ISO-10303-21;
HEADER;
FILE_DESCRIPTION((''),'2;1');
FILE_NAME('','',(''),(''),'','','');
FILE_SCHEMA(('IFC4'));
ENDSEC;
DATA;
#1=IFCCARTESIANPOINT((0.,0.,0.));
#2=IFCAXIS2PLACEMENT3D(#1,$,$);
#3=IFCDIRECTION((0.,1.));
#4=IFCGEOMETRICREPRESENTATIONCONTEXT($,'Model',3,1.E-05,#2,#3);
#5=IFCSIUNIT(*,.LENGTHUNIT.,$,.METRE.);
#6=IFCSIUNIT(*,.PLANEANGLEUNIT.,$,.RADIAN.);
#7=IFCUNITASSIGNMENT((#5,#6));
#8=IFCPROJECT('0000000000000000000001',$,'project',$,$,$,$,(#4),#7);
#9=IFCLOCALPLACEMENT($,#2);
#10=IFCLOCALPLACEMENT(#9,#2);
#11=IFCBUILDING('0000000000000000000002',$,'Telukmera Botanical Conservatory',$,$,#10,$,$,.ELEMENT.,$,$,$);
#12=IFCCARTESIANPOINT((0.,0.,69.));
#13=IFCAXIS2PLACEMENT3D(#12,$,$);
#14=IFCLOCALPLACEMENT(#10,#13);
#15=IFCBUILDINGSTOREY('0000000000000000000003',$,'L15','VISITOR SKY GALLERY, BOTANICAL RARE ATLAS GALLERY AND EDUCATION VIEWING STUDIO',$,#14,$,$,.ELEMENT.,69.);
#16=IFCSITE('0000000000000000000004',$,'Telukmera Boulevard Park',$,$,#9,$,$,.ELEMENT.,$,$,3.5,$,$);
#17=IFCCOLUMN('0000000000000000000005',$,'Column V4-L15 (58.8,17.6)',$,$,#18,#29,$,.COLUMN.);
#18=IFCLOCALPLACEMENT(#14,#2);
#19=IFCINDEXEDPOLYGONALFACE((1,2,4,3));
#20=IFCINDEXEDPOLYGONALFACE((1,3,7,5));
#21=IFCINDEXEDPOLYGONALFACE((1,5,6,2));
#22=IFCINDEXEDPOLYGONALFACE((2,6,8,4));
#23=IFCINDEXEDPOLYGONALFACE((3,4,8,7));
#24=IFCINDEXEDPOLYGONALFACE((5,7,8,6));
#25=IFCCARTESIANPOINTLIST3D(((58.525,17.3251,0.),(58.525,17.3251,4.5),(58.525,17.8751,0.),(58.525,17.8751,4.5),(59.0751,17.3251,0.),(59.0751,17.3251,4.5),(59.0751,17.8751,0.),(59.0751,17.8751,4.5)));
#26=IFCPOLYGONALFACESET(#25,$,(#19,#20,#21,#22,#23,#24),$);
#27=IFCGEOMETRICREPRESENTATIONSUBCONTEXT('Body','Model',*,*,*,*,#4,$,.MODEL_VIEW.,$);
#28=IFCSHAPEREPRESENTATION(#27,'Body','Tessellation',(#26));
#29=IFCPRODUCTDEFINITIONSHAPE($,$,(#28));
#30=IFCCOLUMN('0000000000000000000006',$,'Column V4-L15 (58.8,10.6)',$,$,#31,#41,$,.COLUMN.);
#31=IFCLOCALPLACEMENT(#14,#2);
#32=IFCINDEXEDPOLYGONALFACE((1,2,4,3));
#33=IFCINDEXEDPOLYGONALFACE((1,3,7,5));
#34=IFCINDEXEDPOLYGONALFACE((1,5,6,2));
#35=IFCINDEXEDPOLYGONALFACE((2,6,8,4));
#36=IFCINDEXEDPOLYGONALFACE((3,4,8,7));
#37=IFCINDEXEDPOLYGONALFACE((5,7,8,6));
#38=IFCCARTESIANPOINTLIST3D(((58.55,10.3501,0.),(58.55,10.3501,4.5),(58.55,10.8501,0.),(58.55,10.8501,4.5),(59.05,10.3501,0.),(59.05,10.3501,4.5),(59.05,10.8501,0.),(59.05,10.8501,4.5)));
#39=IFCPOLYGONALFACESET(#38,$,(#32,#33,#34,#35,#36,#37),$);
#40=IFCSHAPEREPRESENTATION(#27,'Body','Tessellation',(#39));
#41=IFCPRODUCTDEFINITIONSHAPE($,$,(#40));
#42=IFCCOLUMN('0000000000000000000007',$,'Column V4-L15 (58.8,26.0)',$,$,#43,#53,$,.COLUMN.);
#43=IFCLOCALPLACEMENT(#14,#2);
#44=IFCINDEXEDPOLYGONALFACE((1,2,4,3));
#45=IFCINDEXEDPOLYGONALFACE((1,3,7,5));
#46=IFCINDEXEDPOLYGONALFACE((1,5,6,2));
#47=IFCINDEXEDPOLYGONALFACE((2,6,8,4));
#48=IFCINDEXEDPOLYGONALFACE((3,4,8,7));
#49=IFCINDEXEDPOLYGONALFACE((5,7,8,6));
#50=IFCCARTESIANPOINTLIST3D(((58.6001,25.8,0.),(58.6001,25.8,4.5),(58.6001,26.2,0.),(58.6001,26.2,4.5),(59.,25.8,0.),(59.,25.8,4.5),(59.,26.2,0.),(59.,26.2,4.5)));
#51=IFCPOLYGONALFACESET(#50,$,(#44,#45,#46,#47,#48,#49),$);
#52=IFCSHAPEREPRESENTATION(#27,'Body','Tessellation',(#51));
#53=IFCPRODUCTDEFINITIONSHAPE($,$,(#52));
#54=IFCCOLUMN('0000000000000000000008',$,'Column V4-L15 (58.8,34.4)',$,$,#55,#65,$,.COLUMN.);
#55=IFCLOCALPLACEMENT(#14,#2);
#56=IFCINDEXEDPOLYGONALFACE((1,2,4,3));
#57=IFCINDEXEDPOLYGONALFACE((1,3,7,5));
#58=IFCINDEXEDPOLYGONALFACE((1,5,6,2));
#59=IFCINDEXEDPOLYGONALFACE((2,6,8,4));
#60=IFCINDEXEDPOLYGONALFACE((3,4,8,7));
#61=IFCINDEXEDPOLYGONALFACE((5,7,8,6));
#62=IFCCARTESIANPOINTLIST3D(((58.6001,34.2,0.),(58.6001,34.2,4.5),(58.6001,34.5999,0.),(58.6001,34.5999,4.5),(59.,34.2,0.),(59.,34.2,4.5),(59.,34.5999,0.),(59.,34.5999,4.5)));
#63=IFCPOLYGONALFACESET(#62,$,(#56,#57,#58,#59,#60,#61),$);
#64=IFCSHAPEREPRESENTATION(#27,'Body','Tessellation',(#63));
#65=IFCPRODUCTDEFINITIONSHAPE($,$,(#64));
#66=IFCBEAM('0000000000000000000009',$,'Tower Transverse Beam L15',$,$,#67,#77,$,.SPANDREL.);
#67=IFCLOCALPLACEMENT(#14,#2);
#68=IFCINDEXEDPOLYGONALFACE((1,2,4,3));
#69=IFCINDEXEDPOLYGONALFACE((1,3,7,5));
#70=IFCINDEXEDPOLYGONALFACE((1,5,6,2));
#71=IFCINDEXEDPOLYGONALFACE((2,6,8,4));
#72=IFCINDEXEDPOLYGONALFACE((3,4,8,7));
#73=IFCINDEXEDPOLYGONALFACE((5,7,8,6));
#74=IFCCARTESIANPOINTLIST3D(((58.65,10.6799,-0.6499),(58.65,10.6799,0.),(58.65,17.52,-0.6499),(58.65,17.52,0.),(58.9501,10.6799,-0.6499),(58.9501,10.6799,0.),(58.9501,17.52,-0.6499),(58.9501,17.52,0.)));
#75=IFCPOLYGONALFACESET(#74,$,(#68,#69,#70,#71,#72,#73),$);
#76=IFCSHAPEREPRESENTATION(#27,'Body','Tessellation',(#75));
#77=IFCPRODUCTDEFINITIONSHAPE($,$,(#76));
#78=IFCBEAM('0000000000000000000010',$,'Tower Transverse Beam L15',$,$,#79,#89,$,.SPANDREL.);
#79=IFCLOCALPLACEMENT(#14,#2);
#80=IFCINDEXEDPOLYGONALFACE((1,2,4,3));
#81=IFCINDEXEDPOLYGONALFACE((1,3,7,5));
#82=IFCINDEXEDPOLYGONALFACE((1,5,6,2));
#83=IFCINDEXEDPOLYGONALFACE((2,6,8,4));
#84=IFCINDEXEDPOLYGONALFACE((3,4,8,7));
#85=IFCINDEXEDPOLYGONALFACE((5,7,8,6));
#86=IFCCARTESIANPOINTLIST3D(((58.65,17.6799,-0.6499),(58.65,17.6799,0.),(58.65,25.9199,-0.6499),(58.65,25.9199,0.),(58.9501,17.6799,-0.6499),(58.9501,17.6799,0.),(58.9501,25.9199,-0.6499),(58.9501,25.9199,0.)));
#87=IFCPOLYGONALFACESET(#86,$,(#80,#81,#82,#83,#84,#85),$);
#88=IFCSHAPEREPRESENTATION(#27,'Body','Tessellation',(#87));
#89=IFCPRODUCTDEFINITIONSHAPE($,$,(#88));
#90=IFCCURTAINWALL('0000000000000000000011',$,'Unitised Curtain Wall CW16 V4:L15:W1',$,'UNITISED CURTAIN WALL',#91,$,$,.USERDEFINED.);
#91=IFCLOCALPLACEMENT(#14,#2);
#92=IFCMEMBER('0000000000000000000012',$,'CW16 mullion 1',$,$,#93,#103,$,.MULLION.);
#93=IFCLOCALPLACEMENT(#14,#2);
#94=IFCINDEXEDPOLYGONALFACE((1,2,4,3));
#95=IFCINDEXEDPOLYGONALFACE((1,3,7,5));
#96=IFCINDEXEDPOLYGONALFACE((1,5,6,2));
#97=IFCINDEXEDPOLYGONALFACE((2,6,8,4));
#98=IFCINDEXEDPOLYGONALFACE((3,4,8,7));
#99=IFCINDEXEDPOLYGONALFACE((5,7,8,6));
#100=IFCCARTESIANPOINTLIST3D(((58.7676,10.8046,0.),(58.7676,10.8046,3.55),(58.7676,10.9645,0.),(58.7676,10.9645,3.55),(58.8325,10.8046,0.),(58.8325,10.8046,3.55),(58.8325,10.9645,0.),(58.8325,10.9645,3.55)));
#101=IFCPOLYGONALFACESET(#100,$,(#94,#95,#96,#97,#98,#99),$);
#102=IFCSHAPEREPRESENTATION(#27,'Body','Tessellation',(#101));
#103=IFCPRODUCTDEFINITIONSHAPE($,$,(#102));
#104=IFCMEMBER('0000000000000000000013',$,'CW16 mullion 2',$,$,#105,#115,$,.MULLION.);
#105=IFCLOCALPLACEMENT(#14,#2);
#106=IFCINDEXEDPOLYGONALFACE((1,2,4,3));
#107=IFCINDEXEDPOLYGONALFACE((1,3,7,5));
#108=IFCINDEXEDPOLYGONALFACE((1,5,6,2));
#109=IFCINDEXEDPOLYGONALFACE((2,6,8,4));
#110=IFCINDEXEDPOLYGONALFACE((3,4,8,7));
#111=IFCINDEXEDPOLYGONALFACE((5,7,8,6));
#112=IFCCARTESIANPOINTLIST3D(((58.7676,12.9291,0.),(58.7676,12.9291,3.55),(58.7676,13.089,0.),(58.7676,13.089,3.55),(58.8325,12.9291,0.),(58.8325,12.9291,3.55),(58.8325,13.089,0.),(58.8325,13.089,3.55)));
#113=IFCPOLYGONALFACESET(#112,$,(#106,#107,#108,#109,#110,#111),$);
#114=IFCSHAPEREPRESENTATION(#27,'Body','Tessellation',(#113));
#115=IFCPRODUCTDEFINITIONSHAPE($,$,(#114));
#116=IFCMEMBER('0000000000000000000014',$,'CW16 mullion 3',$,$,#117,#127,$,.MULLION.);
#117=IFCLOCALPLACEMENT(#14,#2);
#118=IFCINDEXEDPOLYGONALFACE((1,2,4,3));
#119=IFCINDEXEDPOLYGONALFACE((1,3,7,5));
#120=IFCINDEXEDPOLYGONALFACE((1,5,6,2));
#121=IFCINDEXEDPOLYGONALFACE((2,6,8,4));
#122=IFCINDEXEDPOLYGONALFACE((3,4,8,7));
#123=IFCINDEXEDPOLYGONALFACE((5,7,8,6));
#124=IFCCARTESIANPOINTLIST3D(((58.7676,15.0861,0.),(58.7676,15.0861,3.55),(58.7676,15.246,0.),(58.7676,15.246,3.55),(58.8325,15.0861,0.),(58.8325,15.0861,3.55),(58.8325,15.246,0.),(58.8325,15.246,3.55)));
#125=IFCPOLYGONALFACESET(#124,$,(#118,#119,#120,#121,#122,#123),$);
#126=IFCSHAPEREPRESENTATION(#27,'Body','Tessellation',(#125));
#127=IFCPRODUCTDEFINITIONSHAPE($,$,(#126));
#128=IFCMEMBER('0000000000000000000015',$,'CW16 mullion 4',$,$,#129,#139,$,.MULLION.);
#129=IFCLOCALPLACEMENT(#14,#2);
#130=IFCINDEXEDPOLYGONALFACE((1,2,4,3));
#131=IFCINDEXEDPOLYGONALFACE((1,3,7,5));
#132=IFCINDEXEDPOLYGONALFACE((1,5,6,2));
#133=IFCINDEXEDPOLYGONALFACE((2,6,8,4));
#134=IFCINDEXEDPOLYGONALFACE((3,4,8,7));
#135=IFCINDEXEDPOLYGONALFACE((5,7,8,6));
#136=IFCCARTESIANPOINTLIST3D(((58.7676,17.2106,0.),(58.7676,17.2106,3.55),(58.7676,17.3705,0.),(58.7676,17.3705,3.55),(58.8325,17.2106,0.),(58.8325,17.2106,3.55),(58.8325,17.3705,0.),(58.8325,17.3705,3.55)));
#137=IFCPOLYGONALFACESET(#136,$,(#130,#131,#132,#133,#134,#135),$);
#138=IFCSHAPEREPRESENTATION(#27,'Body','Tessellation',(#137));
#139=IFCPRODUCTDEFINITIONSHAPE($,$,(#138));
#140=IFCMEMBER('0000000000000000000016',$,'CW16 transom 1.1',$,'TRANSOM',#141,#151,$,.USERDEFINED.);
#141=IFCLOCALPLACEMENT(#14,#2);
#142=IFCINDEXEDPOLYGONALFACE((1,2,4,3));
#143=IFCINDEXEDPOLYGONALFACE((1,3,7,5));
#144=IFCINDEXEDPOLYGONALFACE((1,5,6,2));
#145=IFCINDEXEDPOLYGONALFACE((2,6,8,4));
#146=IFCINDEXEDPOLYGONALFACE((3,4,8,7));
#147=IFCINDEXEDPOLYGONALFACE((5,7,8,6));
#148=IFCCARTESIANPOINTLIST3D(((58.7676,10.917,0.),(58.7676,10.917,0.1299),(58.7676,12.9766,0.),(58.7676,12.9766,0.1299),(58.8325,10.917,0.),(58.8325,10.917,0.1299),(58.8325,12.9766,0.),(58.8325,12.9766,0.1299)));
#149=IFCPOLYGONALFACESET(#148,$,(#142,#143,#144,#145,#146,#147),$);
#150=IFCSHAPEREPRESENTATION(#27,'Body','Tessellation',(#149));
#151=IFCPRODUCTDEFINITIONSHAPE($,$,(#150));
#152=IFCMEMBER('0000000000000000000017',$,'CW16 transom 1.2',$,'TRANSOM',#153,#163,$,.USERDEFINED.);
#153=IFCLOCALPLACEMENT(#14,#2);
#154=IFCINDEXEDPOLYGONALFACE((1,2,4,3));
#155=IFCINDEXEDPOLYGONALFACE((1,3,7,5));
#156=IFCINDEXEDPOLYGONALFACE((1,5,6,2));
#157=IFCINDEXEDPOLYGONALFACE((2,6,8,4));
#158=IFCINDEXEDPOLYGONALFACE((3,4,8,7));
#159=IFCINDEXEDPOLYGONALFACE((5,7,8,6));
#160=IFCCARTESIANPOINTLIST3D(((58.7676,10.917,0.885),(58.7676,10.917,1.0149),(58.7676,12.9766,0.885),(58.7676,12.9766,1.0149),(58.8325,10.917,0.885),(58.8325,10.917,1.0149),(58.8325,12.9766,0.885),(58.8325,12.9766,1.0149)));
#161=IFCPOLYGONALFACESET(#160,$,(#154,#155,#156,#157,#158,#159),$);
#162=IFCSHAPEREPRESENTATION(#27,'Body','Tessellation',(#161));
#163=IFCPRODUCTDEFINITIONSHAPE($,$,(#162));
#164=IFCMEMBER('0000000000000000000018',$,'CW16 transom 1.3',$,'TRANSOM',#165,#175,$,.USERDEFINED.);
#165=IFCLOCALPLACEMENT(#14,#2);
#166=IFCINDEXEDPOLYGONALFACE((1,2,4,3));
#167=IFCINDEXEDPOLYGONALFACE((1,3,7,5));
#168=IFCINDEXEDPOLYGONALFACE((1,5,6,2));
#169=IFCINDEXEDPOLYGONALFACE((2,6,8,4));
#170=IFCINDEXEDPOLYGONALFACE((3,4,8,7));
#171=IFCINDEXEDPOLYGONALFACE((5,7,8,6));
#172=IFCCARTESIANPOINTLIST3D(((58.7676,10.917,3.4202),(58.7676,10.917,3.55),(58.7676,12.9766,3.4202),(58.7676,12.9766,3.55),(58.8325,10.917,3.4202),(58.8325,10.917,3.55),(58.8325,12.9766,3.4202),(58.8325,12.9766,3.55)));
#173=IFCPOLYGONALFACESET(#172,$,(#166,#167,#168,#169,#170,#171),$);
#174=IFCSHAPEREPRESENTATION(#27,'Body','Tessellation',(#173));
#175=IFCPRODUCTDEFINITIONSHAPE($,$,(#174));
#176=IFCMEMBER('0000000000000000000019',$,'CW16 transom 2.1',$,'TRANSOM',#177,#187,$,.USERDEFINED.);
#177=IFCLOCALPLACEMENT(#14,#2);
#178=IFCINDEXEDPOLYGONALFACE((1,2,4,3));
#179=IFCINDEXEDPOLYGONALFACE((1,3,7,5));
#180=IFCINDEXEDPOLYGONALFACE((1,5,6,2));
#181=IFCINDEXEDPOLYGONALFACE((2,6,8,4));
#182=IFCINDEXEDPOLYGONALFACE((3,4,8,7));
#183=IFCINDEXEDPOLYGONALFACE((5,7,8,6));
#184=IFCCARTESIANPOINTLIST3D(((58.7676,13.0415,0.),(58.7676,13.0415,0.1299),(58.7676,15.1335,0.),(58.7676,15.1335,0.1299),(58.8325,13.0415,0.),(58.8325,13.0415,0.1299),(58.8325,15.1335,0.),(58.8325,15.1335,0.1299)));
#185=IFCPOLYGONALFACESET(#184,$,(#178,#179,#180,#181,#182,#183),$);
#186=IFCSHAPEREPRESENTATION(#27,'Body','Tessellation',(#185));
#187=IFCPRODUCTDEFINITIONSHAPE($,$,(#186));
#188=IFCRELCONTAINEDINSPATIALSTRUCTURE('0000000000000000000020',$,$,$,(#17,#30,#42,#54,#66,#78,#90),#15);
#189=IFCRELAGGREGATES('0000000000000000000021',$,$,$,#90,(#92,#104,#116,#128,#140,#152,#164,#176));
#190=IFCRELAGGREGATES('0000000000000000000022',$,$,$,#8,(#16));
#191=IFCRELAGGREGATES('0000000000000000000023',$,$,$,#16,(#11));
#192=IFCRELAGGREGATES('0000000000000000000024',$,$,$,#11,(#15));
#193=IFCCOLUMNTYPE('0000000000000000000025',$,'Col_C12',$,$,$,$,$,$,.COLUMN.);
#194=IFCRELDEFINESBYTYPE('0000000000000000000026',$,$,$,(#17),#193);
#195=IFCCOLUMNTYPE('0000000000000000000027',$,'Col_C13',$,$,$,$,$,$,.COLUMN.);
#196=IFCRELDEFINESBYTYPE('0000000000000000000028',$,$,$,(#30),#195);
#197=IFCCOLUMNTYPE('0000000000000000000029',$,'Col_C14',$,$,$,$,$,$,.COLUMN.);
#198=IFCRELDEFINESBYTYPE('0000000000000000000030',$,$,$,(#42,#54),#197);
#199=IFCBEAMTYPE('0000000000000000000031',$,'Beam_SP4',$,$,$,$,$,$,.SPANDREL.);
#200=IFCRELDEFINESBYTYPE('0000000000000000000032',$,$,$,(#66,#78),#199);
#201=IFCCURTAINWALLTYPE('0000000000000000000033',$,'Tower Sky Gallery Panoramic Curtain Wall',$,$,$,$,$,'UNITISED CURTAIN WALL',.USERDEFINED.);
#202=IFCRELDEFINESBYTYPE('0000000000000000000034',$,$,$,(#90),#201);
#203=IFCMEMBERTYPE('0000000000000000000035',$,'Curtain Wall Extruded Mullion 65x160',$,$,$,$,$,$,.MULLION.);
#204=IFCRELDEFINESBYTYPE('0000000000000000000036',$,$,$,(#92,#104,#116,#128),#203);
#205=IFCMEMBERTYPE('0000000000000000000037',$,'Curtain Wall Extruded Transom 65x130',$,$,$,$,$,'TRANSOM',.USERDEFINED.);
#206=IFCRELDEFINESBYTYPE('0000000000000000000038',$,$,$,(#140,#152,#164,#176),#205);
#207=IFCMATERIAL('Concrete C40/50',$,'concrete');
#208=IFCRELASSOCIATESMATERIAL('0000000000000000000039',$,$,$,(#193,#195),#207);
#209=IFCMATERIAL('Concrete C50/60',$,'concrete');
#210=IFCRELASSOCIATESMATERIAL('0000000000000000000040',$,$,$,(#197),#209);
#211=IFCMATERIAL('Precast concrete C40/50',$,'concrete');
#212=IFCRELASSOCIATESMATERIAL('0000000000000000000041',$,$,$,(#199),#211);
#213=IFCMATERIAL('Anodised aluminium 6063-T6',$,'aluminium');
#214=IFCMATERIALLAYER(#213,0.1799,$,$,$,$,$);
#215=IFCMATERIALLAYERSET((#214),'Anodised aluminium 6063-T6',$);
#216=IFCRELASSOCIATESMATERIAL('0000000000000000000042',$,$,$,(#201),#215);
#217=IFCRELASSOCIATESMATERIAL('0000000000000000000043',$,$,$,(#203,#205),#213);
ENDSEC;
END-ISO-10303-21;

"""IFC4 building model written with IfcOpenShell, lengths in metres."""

from ifc_helpers import new_model, si_unit, direction, frame, origin, origin_2d, place, context, subcontext, project, spatial, rectangle, extrude, material, layer, layer_set, material_profile, profile_set, type_object, element, aggregate, save


model = new_model("IFC4")

# Units and contexts
model_context = context("Model", 3, precision=1e-05, world=origin(), true_north=direction((0.0, 1.0)))
body_context = subcontext(model_context, "Body", "Model", "MODEL_VIEW")
ifc_project = project(units=[si_unit("LENGTHUNIT", "METRE"), si_unit("PLANEANGLEUNIT", "RADIAN")], contexts=[model_context])

# Site, building, storey
site_placement = place(None, origin())
site = spatial("IfcSite", under=ifc_project, at=site_placement, Name="Telukmera Boulevard Park", CompositionType="ELEMENT", RefElevation=3.5)
building_placement = place(site_placement, origin())
building = spatial("IfcBuilding", under=site, at=building_placement, Name="Telukmera Botanical Conservatory", CompositionType="ELEMENT")
storey_placement = place(building_placement, frame((0.0, 0.0, 69.0)))
storey = spatial("IfcBuildingStorey", under=building, at=storey_placement, Name="L15", Description="VISITOR SKY GALLERY, BOTANICAL RARE ATLAS GALLERY AND EDUCATION VIEWING STUDIO", CompositionType="ELEMENT", Elevation=69.0)

# Columns
ifc_material_1 = material(Name="Concrete C40/50", Category="concrete")
ifc_material_profile_1 = material_profile(ifc_material_1, rectangle(XDim=0.55, YDim=0.55, at=origin_2d()), Name="RC 550x550")
ifc_profile_set_1 = profile_set([ifc_material_profile_1], Name="Concrete C40/50")
column_type_1 = type_object("IfcColumnType", Name="Col_C12", PredefinedType="COLUMN", material=ifc_profile_set_1)
column_1_placement = place(storey_placement, frame((58.8, 17.6001, 0.0), z_axis=(0.0, 0.0, 1.0), x_axis=(1.0, 0.0, 0.0)))
element("IfcColumn", 1, at=column_1_placement, inside=storey, type_object=column_type_1, Name="Column V4-L15 (58.8,17.6)", PredefinedType="COLUMN", context=body_context, shape_type="SweptSolid", body=[
    extrude(rectangle(XDim=0.55, YDim=0.55, at=origin_2d()), origin(), (0.0, 0.0, 1.0), 4.5),
])
ifc_material_profile_2 = material_profile(ifc_material_1, rectangle(XDim=0.5, YDim=0.5, at=origin_2d()), Name="RC 500x500")
ifc_profile_set_2 = profile_set([ifc_material_profile_2], Name="Concrete C40/50")
column_type_2 = type_object("IfcColumnType", Name="Col_C13", PredefinedType="COLUMN", material=ifc_profile_set_2)
column_2_placement = place(storey_placement, frame((58.8, 10.6001, 0.0), z_axis=(0.0, 0.0, 1.0), x_axis=(1.0, 0.0, 0.0)))
element("IfcColumn", 2, at=column_2_placement, inside=storey, type_object=column_type_2, Name="Column V4-L15 (58.8,10.6)", PredefinedType="COLUMN", context=body_context, shape_type="SweptSolid", body=[
    extrude(rectangle(XDim=0.5, YDim=0.5, at=origin_2d()), origin(), (0.0, 0.0, 1.0), 4.5),
])
ifc_material_2 = material(Name="Concrete C50/60", Category="concrete")
ifc_material_profile_3 = material_profile(ifc_material_2, rectangle(XDim=0.3999, YDim=0.3999, at=origin_2d()), Name="RC 400x400")
ifc_profile_set_3 = profile_set([ifc_material_profile_3], Name="Concrete C50/60")
column_type_3 = type_object("IfcColumnType", Name="Col_C14", PredefinedType="COLUMN", material=ifc_profile_set_3)
for number, where, z_axis, x_axis, name in (
    (3, (58.8, 26.0, 0.0), (0.0, 0.0, 1.0), (1.0, 0.0, 0.0), "Column V4-L15 (58.8,26.0)"),
    (4, (58.8, 34.3999, 0.0), (0.0, 0.0, 1.0), (1.0, 0.0, 0.0), "Column V4-L15 (58.8,34.4)"),
):
    element("IfcColumn", number, at=place(storey_placement, frame(where, z_axis=z_axis, x_axis=x_axis)), inside=storey, type_object=column_type_3, Name=name, PredefinedType="COLUMN", context=body_context, shape_type="SweptSolid", body=[
        extrude(rectangle(XDim=0.3999, YDim=0.3999, at=origin_2d()), origin(), (0.0, 0.0, 1.0), 4.5),
    ])

# Beams
ifc_material_3 = material(Name="Precast concrete C40/50", Category="concrete")
ifc_material_profile_4 = material_profile(ifc_material_3, rectangle(XDim=0.3, YDim=0.6499, at=origin_2d()), Name="PC 300x650")
ifc_profile_set_4 = profile_set([ifc_material_profile_4], Name="Precast concrete C40/50")
beam_type = type_object("IfcBeamType", Name="Beam_SP4", PredefinedType="SPANDREL", material=ifc_profile_set_4)
beam_1_placement = place(storey_placement, frame((58.8, 10.6799, -0.325), z_axis=(0.0, 1.0, 0.0), x_axis=(-1.0, 0.0, 0.0)))
element("IfcBeam", 5, at=beam_1_placement, inside=storey, type_object=beam_type, Name="Tower Transverse Beam L15", PredefinedType="SPANDREL", context=body_context, shape_type="SweptSolid", body=[
    extrude(rectangle(XDim=0.3, YDim=0.6499, at=origin_2d()), origin(), (0.0, 0.0, 1.0), 6.8401),
])
beam_2_placement = place(storey_placement, frame((58.8, 17.6799, -0.325), z_axis=(0.0, 1.0, 0.0), x_axis=(-1.0, 0.0, 0.0)))
element("IfcBeam", 6, at=beam_2_placement, inside=storey, type_object=beam_type, Name="Tower Transverse Beam L15", PredefinedType="SPANDREL", context=body_context, shape_type="SweptSolid", body=[
    extrude(rectangle(XDim=0.3, YDim=0.6499, at=origin_2d()), origin(), (0.0, 0.0, 1.0), 8.24),
])

# Curtain wall, members
ifc_material_4 = material(Name="Anodised aluminium 6063-T6", Category="aluminium")
ifc_layer_1 = layer(ifc_material_4, 0.1799)
ifc_layer_set_1 = layer_set([ifc_layer_1], Name="Anodised aluminium 6063-T6")
curtain_wall_type = type_object("IfcCurtainWallType", Name="Tower Sky Gallery Panoramic Curtain Wall", ElementType="UNITISED CURTAIN WALL", PredefinedType="USERDEFINED", material=ifc_layer_set_1)
curtain_wall_placement = place(storey_placement, origin())
curtain_wall = element("IfcCurtainWall", 7, at=curtain_wall_placement, inside=storey, type_object=curtain_wall_type, Name="Unitised Curtain Wall CW16 V4:L15:W1", ObjectType="UNITISED CURTAIN WALL", PredefinedType="USERDEFINED")
ifc_material_profile_5 = material_profile(ifc_material_4, rectangle(XDim=0.0649, YDim=0.1599, at=origin_2d()), Name="ALU MULL 65x160")
ifc_profile_set_5 = profile_set([ifc_material_profile_5], Name="Anodised aluminium 6063-T6")
member_type_1 = type_object("IfcMemberType", Name="Curtain Wall Extruded Mullion 65x160", PredefinedType="MULLION", material=ifc_profile_set_5)
member_1_placement = place(storey_placement, frame((58.8, 10.8845, 0.0), z_axis=(0.0, 0.0, 1.0), x_axis=(-1.0, 0.0, 0.0)))
member_1 = element("IfcMember", 8, at=member_1_placement, type_object=member_type_1, Name="CW16 mullion 1", PredefinedType="MULLION", context=body_context, shape_type="SweptSolid", body=[
    extrude(rectangle(XDim=0.0649, YDim=0.1599, at=origin_2d()), origin(), (0.0, 0.0, 1.0), 3.55),
])
member_2_placement = place(storey_placement, frame((58.8, 13.009, 0.0), z_axis=(0.0, 0.0, 1.0), x_axis=(-1.0, 0.0, 0.0)))
member_2 = element("IfcMember", 9, at=member_2_placement, type_object=member_type_1, Name="CW16 mullion 2", PredefinedType="MULLION", context=body_context, shape_type="SweptSolid", body=[
    extrude(rectangle(XDim=0.0649, YDim=0.1599, at=origin_2d()), origin(), (0.0, 0.0, 1.0), 3.55),
])
member_3_placement = place(storey_placement, frame((58.8, 15.166, 0.0), z_axis=(0.0, 0.0, 1.0), x_axis=(-1.0, 0.0, 0.0)))
member_3 = element("IfcMember", 10, at=member_3_placement, type_object=member_type_1, Name="CW16 mullion 3", PredefinedType="MULLION", context=body_context, shape_type="SweptSolid", body=[
    extrude(rectangle(XDim=0.0649, YDim=0.1599, at=origin_2d()), origin(), (0.0, 0.0, 1.0), 3.55),
])
member_4_placement = place(storey_placement, frame((58.8, 17.2905, 0.0), z_axis=(0.0, 0.0, 1.0), x_axis=(-1.0, 0.0, 0.0)))
member_4 = element("IfcMember", 11, at=member_4_placement, type_object=member_type_1, Name="CW16 mullion 4", PredefinedType="MULLION", context=body_context, shape_type="SweptSolid", body=[
    extrude(rectangle(XDim=0.0649, YDim=0.1599, at=origin_2d()), origin(), (0.0, 0.0, 1.0), 3.55),
])
ifc_material_profile_6 = material_profile(ifc_material_4, rectangle(XDim=0.0649, YDim=0.1299, at=origin_2d()), Name="ALU TRAN 65x130")
ifc_profile_set_6 = profile_set([ifc_material_profile_6], Name="Anodised aluminium 6063-T6")
member_type_2 = type_object("IfcMemberType", Name="Curtain Wall Extruded Transom 65x130", ElementType="TRANSOM", PredefinedType="USERDEFINED", material=ifc_profile_set_6)
member_5_placement = place(storey_placement, frame((58.8, 10.917, 0.0649), z_axis=(0.0, 1.0, 0.0), x_axis=(-1.0, 0.0, 0.0)))
member_5 = element("IfcMember", 12, at=member_5_placement, type_object=member_type_2, Name="CW16 transom 1.1", ObjectType="TRANSOM", PredefinedType="USERDEFINED", context=body_context, shape_type="SweptSolid", body=[
    extrude(rectangle(XDim=0.0649, YDim=0.1299, at=origin_2d()), origin(), (0.0, 0.0, 1.0), 2.0596),
])
member_6_placement = place(storey_placement, frame((58.8, 10.917, 0.95), z_axis=(0.0, 1.0, 0.0), x_axis=(-1.0, 0.0, 0.0)))
member_6 = element("IfcMember", 13, at=member_6_placement, type_object=member_type_2, Name="CW16 transom 1.2", ObjectType="TRANSOM", PredefinedType="USERDEFINED", context=body_context, shape_type="SweptSolid", body=[
    extrude(rectangle(XDim=0.0649, YDim=0.1299, at=origin_2d()), origin(), (0.0, 0.0, 1.0), 2.0596),
])
member_7_placement = place(storey_placement, frame((58.8, 10.917, 3.4851), z_axis=(0.0, 1.0, 0.0), x_axis=(-1.0, 0.0, 0.0)))
member_7 = element("IfcMember", 14, at=member_7_placement, type_object=member_type_2, Name="CW16 transom 1.3", ObjectType="TRANSOM", PredefinedType="USERDEFINED", context=body_context, shape_type="SweptSolid", body=[
    extrude(rectangle(XDim=0.0649, YDim=0.1299, at=origin_2d()), origin(), (0.0, 0.0, 1.0), 2.0596),
])
member_8_placement = place(storey_placement, frame((58.8, 13.0415, 0.0649), z_axis=(0.0, 1.0, 0.0), x_axis=(-1.0, 0.0, 0.0)))
member_8 = element("IfcMember", 15, at=member_8_placement, type_object=member_type_2, Name="CW16 transom 2.1", ObjectType="TRANSOM", PredefinedType="USERDEFINED", context=body_context, shape_type="SweptSolid", body=[
    extrude(rectangle(XDim=0.0649, YDim=0.1299, at=origin_2d()), origin(), (0.0, 0.0, 1.0), 2.092),
])
aggregate(curtain_wall, [member_1, member_2, member_3, member_4, member_5, member_6, member_7, member_8])

save(model, "model.ifc")
